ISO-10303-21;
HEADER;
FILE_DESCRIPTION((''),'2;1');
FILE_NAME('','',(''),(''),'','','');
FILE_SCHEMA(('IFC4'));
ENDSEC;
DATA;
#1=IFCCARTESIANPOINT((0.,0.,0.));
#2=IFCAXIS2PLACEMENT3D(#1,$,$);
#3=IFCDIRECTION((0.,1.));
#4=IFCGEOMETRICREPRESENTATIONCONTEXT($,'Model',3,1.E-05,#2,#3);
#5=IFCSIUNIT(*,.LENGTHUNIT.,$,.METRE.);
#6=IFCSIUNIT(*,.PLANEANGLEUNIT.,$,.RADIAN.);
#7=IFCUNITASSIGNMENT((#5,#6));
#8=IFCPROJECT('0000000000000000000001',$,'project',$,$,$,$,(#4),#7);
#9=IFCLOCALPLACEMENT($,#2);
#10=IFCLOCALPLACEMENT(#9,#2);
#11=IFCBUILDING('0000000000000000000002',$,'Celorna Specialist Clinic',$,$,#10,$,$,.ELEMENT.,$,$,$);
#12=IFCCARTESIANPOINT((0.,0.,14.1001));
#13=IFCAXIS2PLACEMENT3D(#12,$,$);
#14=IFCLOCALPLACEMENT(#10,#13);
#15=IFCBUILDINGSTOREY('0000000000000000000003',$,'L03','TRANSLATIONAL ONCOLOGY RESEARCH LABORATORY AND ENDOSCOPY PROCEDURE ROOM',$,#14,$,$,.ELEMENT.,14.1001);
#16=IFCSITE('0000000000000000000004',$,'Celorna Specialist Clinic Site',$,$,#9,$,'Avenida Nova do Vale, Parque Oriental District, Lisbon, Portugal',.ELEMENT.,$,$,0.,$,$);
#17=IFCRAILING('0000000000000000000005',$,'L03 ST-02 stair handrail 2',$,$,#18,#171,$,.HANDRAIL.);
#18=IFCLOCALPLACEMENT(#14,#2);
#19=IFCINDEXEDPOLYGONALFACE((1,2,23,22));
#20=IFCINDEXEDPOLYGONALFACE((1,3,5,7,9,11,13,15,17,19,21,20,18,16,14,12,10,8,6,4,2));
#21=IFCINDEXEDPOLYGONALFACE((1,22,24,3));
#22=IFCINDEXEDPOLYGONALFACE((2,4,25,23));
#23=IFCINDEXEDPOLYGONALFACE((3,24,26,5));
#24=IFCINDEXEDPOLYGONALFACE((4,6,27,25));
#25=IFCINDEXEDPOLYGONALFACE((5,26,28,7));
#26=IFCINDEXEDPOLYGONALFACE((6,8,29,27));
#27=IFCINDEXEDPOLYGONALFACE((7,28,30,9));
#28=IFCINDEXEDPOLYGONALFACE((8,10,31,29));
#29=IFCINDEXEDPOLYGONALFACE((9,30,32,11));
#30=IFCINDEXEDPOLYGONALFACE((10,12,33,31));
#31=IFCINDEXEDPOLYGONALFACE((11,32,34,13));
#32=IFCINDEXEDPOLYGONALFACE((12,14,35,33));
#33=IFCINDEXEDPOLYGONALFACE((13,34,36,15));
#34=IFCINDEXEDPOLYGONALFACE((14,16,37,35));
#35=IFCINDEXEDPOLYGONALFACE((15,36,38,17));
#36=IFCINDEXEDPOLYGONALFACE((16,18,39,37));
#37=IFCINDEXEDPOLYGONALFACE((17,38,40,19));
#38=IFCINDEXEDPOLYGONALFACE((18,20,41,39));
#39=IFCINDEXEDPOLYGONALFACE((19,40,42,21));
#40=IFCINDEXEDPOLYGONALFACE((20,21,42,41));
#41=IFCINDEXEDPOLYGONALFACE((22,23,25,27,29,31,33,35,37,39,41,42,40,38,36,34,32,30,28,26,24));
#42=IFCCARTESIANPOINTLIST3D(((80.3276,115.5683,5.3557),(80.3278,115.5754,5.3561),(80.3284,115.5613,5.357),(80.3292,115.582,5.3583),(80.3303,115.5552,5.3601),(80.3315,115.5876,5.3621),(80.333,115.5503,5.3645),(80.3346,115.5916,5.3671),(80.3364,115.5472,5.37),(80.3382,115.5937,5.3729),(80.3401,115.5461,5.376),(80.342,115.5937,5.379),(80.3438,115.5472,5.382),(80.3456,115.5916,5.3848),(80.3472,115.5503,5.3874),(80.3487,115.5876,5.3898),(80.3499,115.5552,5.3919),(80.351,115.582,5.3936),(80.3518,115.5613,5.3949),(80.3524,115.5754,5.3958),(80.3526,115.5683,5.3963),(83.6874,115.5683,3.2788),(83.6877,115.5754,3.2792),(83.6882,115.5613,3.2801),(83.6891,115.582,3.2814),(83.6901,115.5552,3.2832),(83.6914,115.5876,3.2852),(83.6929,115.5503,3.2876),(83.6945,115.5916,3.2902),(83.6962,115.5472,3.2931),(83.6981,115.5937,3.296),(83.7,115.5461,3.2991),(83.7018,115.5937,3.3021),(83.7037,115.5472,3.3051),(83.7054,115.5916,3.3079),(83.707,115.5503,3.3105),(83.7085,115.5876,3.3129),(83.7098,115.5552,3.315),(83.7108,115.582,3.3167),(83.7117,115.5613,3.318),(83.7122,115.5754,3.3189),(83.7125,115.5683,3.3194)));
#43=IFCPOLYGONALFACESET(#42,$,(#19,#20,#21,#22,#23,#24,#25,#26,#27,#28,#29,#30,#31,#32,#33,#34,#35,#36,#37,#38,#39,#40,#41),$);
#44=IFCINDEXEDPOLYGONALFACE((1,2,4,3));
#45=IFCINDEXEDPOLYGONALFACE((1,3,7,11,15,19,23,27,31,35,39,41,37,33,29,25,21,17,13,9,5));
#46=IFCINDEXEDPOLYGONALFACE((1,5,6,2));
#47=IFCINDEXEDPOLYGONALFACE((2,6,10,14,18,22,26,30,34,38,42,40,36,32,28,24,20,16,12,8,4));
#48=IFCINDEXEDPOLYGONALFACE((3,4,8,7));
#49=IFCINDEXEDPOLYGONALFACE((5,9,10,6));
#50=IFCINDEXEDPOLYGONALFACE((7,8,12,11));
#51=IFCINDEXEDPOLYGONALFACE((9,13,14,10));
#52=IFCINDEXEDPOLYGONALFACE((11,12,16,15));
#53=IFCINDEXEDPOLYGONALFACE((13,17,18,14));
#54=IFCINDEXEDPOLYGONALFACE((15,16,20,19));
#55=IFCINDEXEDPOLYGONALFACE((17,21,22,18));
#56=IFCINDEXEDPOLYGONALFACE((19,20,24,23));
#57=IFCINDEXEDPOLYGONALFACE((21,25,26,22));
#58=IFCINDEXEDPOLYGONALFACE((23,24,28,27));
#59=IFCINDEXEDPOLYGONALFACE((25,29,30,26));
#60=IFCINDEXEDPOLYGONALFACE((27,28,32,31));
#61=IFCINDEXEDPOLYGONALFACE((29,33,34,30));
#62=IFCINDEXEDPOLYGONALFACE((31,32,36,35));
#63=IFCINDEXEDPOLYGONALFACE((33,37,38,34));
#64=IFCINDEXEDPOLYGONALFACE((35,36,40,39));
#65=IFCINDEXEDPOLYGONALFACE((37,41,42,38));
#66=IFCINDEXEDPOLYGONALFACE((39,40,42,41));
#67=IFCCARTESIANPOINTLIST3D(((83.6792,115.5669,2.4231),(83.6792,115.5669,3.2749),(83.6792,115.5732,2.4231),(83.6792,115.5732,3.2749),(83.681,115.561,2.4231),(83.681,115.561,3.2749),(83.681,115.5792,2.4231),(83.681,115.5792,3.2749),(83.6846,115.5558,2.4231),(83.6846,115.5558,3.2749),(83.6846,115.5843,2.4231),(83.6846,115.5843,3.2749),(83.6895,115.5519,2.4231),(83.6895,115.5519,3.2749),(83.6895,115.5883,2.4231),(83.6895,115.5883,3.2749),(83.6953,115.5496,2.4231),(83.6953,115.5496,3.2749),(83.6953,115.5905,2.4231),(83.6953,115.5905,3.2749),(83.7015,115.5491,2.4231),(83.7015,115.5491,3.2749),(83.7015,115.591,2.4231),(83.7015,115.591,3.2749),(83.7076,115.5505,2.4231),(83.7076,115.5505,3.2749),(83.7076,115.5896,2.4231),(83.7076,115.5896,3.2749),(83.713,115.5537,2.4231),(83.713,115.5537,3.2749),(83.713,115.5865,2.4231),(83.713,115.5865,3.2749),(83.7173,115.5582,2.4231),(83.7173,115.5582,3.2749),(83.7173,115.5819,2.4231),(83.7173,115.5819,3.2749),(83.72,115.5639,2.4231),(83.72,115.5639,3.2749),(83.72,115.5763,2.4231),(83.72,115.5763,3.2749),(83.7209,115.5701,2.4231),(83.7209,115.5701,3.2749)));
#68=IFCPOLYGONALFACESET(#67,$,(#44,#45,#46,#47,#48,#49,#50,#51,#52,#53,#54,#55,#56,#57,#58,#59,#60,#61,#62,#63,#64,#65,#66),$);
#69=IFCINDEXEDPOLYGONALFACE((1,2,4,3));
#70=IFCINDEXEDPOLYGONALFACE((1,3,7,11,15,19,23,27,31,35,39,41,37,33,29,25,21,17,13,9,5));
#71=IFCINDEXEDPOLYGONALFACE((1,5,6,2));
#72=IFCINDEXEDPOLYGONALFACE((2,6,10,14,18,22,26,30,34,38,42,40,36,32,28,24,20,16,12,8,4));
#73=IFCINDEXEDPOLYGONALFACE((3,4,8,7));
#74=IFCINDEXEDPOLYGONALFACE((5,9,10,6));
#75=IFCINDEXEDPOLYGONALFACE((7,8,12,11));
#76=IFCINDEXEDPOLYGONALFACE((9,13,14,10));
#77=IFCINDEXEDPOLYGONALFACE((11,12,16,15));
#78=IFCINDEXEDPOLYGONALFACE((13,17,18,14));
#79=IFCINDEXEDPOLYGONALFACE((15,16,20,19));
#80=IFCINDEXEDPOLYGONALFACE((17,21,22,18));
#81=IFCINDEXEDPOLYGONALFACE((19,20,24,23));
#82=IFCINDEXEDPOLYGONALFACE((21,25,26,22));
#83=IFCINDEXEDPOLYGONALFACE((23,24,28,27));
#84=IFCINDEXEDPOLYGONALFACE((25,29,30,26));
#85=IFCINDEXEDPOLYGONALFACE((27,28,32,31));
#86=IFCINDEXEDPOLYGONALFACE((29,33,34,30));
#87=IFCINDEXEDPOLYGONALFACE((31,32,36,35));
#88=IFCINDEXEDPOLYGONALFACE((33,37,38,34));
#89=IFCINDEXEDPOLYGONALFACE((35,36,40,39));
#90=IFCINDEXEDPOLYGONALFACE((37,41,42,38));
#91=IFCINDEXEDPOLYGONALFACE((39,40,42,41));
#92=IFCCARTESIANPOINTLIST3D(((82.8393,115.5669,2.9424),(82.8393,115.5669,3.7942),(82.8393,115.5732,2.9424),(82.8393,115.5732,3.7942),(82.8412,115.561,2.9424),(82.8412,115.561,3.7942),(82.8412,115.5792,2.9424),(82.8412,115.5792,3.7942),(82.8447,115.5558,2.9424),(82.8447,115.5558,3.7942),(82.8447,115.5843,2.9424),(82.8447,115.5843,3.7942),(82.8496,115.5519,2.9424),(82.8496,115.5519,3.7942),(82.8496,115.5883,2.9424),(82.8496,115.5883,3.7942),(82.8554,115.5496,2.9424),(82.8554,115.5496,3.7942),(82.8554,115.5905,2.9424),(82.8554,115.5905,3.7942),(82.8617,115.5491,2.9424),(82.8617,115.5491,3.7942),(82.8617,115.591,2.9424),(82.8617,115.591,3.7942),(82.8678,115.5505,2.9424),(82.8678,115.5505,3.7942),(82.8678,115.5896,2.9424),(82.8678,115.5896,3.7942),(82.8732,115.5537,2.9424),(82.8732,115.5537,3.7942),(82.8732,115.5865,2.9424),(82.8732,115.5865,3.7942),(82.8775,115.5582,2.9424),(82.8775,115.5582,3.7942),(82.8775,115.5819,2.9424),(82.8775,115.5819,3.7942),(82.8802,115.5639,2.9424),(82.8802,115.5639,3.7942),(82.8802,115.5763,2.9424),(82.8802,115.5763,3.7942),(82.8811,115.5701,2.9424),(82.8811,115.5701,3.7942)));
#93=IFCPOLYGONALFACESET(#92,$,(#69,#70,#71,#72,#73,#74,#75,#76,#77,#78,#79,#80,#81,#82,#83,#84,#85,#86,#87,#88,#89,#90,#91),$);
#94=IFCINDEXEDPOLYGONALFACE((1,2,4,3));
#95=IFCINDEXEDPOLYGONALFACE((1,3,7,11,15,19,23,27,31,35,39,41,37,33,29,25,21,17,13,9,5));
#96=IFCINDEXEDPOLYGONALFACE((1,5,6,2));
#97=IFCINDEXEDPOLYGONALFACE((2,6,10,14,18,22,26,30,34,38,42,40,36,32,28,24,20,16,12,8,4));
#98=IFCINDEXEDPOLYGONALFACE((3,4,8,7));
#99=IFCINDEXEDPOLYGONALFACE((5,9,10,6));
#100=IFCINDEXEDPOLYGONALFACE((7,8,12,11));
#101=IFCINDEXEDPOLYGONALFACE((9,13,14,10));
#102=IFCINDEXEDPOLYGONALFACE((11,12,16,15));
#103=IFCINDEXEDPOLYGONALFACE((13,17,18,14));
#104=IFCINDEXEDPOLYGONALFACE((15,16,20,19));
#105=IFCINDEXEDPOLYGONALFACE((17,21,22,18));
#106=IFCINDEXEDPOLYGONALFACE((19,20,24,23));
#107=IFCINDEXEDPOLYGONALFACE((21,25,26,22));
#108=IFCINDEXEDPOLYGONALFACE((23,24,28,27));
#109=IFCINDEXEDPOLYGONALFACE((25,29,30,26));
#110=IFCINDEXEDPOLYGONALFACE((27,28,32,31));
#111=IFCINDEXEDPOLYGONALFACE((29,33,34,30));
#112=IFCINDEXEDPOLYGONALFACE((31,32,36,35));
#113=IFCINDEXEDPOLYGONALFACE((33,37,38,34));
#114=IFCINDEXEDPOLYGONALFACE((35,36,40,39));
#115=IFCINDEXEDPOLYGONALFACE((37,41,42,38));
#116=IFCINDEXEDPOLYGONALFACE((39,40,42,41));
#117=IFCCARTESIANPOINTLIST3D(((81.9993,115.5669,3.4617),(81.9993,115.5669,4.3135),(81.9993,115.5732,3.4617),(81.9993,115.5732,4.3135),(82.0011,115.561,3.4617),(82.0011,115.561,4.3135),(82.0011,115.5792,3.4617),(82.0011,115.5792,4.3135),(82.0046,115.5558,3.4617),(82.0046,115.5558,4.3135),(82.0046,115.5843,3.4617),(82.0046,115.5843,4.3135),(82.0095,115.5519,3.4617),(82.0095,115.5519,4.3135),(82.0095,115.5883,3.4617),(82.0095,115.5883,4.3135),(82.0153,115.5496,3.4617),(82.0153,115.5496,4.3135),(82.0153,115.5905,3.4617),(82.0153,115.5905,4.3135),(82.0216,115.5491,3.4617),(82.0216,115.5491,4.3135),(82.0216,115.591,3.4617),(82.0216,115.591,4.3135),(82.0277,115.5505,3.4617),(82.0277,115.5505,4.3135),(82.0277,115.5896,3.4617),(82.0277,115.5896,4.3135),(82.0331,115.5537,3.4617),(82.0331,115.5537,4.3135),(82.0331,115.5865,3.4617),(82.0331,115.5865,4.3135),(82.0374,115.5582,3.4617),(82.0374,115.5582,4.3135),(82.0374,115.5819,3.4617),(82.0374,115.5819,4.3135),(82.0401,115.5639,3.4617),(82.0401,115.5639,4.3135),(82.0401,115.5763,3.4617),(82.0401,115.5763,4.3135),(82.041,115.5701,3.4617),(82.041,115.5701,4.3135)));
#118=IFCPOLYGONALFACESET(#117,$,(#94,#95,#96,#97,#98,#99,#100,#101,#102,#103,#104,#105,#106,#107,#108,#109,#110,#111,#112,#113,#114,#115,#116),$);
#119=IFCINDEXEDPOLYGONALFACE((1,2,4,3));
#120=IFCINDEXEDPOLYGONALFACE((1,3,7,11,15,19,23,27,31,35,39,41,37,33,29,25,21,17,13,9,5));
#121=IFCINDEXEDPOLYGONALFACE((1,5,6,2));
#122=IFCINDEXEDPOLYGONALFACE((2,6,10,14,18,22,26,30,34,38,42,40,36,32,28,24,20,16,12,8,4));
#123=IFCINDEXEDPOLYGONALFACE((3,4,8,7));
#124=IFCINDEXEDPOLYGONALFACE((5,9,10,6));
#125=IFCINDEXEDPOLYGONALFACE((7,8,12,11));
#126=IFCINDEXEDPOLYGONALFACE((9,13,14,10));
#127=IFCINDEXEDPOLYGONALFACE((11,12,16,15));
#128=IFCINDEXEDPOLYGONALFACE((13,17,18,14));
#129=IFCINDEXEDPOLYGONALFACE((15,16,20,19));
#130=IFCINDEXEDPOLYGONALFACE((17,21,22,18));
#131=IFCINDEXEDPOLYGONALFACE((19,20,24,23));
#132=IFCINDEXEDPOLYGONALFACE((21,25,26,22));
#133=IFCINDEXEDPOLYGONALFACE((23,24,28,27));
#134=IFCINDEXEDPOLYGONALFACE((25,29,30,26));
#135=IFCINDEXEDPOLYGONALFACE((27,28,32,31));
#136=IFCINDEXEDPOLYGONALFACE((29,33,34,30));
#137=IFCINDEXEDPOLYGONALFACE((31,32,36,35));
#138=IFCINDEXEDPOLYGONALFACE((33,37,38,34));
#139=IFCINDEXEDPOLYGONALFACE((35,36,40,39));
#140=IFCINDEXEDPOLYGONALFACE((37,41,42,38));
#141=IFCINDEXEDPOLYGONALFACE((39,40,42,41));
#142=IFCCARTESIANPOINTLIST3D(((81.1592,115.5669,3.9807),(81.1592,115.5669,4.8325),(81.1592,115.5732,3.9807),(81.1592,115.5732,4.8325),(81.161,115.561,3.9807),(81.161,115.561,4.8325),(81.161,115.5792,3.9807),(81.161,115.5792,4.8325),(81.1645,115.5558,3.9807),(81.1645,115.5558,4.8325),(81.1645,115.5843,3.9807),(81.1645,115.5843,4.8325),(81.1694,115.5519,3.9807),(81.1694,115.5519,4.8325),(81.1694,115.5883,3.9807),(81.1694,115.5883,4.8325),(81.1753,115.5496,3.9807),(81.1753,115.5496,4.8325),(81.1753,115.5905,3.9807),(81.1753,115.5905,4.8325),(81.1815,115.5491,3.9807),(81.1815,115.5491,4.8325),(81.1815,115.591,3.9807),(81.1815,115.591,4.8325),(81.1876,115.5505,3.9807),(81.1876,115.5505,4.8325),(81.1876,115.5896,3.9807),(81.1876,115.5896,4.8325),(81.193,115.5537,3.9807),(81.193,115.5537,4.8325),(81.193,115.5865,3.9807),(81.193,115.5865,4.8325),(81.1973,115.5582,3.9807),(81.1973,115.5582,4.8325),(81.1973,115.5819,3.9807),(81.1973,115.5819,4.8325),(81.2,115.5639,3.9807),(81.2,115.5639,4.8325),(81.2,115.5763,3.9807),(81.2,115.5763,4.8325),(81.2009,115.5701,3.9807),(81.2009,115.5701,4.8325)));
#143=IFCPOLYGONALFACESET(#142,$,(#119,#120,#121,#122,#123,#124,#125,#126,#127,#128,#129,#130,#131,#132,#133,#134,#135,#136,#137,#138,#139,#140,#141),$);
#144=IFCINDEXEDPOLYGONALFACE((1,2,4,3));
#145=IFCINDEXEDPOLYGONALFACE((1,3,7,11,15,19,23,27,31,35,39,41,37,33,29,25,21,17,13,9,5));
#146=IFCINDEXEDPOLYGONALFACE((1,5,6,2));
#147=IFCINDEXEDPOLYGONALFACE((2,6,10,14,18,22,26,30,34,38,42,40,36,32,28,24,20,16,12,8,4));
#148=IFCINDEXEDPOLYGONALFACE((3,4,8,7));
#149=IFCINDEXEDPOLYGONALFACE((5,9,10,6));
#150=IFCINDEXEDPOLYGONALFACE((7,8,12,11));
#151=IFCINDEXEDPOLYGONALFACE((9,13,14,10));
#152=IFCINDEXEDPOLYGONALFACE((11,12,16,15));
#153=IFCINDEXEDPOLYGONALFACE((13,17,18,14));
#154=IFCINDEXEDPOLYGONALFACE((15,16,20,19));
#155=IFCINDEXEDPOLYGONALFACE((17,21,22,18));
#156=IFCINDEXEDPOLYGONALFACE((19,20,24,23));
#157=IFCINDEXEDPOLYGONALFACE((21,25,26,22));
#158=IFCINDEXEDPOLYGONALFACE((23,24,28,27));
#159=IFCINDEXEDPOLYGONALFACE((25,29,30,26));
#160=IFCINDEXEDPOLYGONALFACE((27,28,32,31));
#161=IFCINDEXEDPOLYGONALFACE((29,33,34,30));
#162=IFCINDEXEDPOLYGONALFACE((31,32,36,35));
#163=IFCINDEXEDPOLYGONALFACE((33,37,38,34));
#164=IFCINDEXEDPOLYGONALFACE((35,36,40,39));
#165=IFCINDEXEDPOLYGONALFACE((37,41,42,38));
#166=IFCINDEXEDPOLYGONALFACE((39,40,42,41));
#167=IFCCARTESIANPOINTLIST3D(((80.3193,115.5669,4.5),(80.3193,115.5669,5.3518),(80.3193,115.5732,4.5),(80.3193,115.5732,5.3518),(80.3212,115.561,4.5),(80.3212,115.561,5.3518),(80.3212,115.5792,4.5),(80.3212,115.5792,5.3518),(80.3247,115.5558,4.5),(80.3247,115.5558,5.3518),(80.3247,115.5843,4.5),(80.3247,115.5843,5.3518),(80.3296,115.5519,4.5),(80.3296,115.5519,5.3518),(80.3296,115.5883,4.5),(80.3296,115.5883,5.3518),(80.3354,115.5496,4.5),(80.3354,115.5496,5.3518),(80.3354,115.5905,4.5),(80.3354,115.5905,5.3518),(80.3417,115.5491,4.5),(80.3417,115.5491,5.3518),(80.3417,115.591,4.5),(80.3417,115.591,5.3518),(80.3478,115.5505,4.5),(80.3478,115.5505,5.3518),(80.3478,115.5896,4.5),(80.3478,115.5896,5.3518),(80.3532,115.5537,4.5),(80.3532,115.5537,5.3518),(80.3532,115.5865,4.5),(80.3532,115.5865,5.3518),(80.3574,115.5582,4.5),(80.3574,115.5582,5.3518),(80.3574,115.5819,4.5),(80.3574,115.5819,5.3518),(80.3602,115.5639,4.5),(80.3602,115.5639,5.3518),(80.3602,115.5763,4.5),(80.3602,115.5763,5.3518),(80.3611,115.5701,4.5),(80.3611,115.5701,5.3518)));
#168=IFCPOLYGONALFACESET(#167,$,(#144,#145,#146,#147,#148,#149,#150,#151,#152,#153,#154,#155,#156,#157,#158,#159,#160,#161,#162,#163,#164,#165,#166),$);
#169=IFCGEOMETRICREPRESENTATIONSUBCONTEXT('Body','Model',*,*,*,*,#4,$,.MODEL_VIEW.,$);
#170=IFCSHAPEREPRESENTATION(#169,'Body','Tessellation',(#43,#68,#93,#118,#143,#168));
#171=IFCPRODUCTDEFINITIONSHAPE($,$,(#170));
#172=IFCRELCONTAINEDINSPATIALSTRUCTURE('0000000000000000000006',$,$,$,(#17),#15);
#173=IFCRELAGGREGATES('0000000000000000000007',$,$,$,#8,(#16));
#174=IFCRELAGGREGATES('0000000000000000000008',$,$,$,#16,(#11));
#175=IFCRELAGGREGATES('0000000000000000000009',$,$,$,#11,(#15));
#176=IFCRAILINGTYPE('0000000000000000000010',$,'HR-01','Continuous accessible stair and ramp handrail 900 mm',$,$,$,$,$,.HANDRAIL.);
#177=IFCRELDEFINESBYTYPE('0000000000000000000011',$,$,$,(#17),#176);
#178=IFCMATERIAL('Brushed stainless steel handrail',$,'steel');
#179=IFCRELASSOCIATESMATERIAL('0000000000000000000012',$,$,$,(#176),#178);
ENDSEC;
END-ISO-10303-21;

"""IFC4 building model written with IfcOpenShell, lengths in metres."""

from ifc_helpers import new_model, si_unit, direction, frame, origin, origin_2d, place, context, subcontext, project, spatial, circle, extrude, material, type_object, element, save


model = new_model("IFC4")

# Units and contexts
model_context = context("Model", 3, precision=1e-05, world=origin(), true_north=direction((0.0, 1.0)))
body_context = subcontext(model_context, "Body", "Model", "MODEL_VIEW")
ifc_project = project(units=[si_unit("LENGTHUNIT", "METRE"), si_unit("PLANEANGLEUNIT", "RADIAN")], contexts=[model_context])

# Site, building, storey
site_placement = place(None, origin())
site = spatial("IfcSite", under=ifc_project, at=site_placement, Name="Celorna Specialist Clinic Site", LongName="Avenida Nova do Vale, Parque Oriental District, Lisbon, Portugal", CompositionType="ELEMENT", RefElevation=0.0)
building_placement = place(site_placement, origin())
building = spatial("IfcBuilding", under=site, at=building_placement, Name="Celorna Specialist Clinic", CompositionType="ELEMENT")
storey_placement = place(building_placement, frame((0.0, 0.0, 14.1001)))
storey = spatial("IfcBuildingStorey", under=building, at=storey_placement, Name="L03", Description="TRANSLATIONAL ONCOLOGY RESEARCH LABORATORY AND ENDOSCOPY PROCEDURE ROOM", CompositionType="ELEMENT", Elevation=14.1001)

# Railing
ifc_material_1 = material(Name="Brushed stainless steel handrail", Category="steel")
railing_type_1 = type_object("IfcRailingType", Name="HR-01", Description="Continuous accessible stair and ramp handrail 900 mm", PredefinedType="HANDRAIL", material=ifc_material_1)
railing_1_placement = place(storey_placement, frame((83.7, 115.5701, 2.4231)))
element("IfcRailing", 1, at=railing_1_placement, inside=storey, type_object=railing_type_1, Name="L03 ST-02 stair handrail 2", PredefinedType="HANDRAIL", context=body_context, shape_type="SweptSolid", body=[
    extrude(circle(Radius=0.0239, at=origin_2d()), frame((0.0, 0.0, 0.876), z_axis=(-0.850606, 0.0, 0.525803), x_axis=(0.0, -1.0, 0.0)), (0.0, 0.0, 1.0), 3.95),
    extrude(circle(Radius=0.021, at=origin_2d()), origin(), (0.0, 0.0, 1.0), 0.8518),
    extrude(circle(Radius=0.021, at=origin_2d()), frame((-0.8398, 0.0, 0.5193)), (0.0, 0.0, 1.0), 0.8518),
    extrude(circle(Radius=0.021, at=origin_2d()), frame((-1.6799, 0.0, 1.0386)), (0.0, 0.0, 1.0), 0.8518),
    extrude(circle(Radius=0.021, at=origin_2d()), frame((-2.52, 0.0, 1.5576)), (0.0, 0.0, 1.0), 0.8518),
    extrude(circle(Radius=0.021, at=origin_2d()), frame((-3.3599, 0.0, 2.0769)), (0.0, 0.0, 1.0), 0.8518),
])

save(model, "model.ifc")
